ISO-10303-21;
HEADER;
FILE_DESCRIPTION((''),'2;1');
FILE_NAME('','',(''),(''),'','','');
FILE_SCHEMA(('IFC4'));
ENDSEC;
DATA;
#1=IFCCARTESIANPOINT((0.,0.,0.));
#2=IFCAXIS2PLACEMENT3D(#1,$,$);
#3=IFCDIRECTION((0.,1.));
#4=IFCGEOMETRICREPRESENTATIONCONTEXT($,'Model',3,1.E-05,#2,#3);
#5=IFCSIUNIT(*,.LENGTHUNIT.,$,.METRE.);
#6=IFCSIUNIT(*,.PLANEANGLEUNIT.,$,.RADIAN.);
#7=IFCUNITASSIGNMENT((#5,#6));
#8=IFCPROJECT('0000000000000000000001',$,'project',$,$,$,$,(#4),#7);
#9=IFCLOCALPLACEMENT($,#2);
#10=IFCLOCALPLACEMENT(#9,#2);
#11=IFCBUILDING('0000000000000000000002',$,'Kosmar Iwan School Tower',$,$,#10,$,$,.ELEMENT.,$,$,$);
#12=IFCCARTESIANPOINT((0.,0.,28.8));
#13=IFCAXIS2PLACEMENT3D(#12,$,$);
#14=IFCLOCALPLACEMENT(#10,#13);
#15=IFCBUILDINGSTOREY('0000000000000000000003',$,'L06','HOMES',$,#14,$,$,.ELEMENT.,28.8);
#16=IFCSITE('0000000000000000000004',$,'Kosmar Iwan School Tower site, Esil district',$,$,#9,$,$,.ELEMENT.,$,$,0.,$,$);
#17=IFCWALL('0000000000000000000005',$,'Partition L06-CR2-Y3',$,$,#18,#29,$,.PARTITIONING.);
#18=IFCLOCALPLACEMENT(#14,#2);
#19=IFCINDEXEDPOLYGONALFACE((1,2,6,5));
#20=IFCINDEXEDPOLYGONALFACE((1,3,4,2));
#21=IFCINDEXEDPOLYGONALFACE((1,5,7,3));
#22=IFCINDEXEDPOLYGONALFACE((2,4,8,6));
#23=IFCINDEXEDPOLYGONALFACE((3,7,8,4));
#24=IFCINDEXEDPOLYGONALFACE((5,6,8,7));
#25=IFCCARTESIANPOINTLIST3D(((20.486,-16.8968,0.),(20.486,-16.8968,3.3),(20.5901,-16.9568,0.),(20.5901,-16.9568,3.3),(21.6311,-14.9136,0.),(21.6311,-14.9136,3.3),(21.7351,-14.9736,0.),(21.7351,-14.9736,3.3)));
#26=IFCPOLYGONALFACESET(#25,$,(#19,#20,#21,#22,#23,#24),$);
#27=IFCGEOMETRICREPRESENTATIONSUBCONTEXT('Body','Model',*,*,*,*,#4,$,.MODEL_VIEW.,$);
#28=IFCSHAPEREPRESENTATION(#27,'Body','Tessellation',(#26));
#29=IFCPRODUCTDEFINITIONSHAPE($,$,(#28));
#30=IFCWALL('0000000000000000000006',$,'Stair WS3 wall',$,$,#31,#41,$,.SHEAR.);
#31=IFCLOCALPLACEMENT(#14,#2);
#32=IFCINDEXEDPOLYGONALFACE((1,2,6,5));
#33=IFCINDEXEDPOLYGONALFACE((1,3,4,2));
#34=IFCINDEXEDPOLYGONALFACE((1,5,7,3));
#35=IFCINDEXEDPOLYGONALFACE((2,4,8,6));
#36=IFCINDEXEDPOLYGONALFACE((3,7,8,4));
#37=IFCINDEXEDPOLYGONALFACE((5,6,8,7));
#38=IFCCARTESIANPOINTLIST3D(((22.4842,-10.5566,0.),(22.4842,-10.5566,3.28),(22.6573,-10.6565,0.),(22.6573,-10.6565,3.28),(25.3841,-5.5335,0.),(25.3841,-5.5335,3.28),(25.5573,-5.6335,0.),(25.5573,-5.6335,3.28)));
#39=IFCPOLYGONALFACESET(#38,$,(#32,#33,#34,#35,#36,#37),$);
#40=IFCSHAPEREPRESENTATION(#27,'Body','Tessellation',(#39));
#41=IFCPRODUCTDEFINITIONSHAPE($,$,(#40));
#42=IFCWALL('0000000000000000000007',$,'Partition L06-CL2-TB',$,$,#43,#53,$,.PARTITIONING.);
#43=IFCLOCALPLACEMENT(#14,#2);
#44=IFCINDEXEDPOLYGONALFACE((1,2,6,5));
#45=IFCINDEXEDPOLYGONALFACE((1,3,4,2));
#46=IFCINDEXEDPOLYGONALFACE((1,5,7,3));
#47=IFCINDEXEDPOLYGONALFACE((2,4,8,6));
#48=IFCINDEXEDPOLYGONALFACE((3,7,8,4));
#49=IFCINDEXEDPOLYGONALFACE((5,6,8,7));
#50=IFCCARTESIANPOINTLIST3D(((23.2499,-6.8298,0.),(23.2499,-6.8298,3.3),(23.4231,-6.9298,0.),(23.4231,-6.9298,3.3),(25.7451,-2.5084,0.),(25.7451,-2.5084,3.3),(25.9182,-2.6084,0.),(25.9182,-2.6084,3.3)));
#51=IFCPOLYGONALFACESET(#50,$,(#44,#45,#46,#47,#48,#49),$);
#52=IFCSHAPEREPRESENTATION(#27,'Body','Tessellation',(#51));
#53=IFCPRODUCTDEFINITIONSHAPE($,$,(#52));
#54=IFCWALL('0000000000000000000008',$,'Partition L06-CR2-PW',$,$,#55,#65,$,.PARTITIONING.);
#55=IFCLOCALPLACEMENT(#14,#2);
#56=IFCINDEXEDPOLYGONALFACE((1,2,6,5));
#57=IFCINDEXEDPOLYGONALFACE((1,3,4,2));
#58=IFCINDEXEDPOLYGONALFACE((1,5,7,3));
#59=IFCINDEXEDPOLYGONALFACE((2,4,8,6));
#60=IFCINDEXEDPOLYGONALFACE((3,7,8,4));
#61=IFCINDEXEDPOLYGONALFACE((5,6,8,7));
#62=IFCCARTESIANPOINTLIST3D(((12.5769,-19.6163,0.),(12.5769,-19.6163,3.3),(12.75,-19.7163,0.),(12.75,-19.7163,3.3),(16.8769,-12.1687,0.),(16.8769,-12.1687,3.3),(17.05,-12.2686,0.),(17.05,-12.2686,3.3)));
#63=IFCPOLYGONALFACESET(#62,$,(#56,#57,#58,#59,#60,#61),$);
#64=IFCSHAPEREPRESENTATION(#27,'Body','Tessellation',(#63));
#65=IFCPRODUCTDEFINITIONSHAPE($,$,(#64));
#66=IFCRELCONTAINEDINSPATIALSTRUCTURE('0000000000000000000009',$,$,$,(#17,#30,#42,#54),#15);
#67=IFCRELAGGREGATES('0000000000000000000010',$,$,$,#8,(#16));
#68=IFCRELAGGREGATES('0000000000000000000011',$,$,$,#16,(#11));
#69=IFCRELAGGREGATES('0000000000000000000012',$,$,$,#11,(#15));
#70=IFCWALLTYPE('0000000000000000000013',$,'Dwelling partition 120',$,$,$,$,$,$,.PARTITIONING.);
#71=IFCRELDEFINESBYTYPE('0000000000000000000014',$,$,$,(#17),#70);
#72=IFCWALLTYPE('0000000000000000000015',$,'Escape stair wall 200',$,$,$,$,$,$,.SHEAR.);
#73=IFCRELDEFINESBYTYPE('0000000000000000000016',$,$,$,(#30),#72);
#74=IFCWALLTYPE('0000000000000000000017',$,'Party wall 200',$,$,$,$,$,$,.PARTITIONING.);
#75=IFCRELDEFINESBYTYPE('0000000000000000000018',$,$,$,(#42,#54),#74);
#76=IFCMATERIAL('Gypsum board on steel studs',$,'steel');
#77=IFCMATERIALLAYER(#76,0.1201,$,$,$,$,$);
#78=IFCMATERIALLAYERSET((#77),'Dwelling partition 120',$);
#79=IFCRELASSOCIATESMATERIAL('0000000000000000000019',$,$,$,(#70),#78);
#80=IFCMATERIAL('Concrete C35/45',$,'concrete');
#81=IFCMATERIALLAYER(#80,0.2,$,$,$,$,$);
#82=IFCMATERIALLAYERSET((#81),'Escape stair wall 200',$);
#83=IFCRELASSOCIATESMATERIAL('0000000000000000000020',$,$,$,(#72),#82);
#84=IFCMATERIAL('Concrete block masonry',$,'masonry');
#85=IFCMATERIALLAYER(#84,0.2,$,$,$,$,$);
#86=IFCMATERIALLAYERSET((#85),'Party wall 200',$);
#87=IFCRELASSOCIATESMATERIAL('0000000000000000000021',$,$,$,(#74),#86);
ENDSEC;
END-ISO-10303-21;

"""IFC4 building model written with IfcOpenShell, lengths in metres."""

from ifc_helpers import new_model, si_unit, direction, frame, frame_2d, origin, place, context, subcontext, project, spatial, rectangle, extrude, material, layer, layer_set, type_object, element, save


model = new_model("IFC4")

# Units and contexts
model_context = context("Model", 3, precision=1e-05, world=origin(), true_north=direction((0.0, 1.0)))
body_context = subcontext(model_context, "Body", "Model", "MODEL_VIEW")
ifc_project = project(units=[si_unit("LENGTHUNIT", "METRE"), si_unit("PLANEANGLEUNIT", "RADIAN")], contexts=[model_context])

# Site, building, storey
site_placement = place(None, origin())
site = spatial("IfcSite", under=ifc_project, at=site_placement, Name="Kosmar Iwan School Tower site, Esil district", CompositionType="ELEMENT", RefElevation=0.0)
building_placement = place(site_placement, origin())
building = spatial("IfcBuilding", under=site, at=building_placement, Name="Kosmar Iwan School Tower", CompositionType="ELEMENT")
storey_placement = place(building_placement, frame((0.0, 0.0, 28.8)))
storey = spatial("IfcBuildingStorey", under=building, at=storey_placement, Name="L06", Description="HOMES", CompositionType="ELEMENT", Elevation=28.8)

# Shared definitions
ifc_material_1 = material(Name="Gypsum board on steel studs", Category="steel")
ifc_layer_1 = layer(ifc_material_1, 0.1201)
ifc_layer_set_1 = layer_set([ifc_layer_1], Name="Dwelling partition 120")
wall_type_1 = type_object("IfcWallType", Name="Dwelling partition 120", PredefinedType="PARTITIONING", material=ifc_layer_set_1)

# Walls
for number, where, z_axis, x_axis, name in (
    (1, (21.6831, -14.9436, 0.0), (0.0, 0.0, 1.0), (-0.500015, -0.866017, 0.0), "Partition L06-CR2-Y3"),
):
    element("IfcWall", number, at=place(storey_placement, frame(where, z_axis=z_axis, x_axis=x_axis)), inside=storey, type_object=wall_type_1, Name=name, PredefinedType="PARTITIONING", context=body_context, shape_type="SweptSolid", body=[
        extrude(rectangle(XDim=2.29, YDim=0.1201, at=frame_2d((1.145, 0.0))), origin(), (0.0, 0.0, 1.0), 3.3),
    ])
ifc_material_2 = material(Name="Concrete C35/45", Category="concrete")
ifc_layer_2 = layer(ifc_material_2, 0.2)
ifc_layer_set_2 = layer_set([ifc_layer_2], Name="Escape stair wall 200")
wall_type_2 = type_object("IfcWallType", Name="Escape stair wall 200", PredefinedType="SHEAR", material=ifc_layer_set_2)
wall_1_placement = place(storey_placement, frame((22.5708, -10.6064, 0.0), z_axis=(0.0, 0.0, 1.0), x_axis=(0.499987, 0.866033, 0.0)))
element("IfcWall", 2, at=wall_1_placement, inside=storey, type_object=wall_type_2, Name="Stair WS3 wall", PredefinedType="SHEAR", context=body_context, shape_type="SweptSolid", body=[
    extrude(rectangle(XDim=5.8, YDim=0.2, at=frame_2d((2.8999, 0.0))), origin(), (0.0, 0.0, 1.0), 3.28),
])
ifc_material_3 = material(Name="Concrete block masonry", Category="masonry")
ifc_layer_3 = layer(ifc_material_3, 0.2)
ifc_layer_set_3 = layer_set([ifc_layer_3], Name="Party wall 200")
wall_type_3 = type_object("IfcWallType", Name="Party wall 200", PredefinedType="PARTITIONING", material=ifc_layer_set_3)
wall_2_placement = place(storey_placement, frame((23.3364, -6.8799, 0.0), z_axis=(0.0, 0.0, 1.0), x_axis=(0.500033, 0.866006, 0.0)))
element("IfcWall", 3, at=wall_2_placement, inside=storey, type_object=wall_type_3, Name="Partition L06-CL2-TB", PredefinedType="PARTITIONING", context=body_context, shape_type="SweptSolid", body=[
    extrude(rectangle(XDim=4.99, YDim=0.2, at=frame_2d((2.4951, 0.0))), origin(), (0.0, 0.0, 1.0), 3.3),
])
wall_3_placement = place(storey_placement, frame((16.9634, -12.2188, 0.0), z_axis=(0.0, 0.0, 1.0), x_axis=(-0.500008, -0.866021, 0.0)))
element("IfcWall", 4, at=wall_3_placement, inside=storey, type_object=wall_type_3, Name="Partition L06-CR2-PW", PredefinedType="PARTITIONING", context=body_context, shape_type="SweptSolid", body=[
    extrude(rectangle(XDim=8.5999, YDim=0.2, at=frame_2d((4.2998, 0.0))), origin(), (0.0, 0.0, 1.0), 3.3),
])

save(model, "model.ifc")
